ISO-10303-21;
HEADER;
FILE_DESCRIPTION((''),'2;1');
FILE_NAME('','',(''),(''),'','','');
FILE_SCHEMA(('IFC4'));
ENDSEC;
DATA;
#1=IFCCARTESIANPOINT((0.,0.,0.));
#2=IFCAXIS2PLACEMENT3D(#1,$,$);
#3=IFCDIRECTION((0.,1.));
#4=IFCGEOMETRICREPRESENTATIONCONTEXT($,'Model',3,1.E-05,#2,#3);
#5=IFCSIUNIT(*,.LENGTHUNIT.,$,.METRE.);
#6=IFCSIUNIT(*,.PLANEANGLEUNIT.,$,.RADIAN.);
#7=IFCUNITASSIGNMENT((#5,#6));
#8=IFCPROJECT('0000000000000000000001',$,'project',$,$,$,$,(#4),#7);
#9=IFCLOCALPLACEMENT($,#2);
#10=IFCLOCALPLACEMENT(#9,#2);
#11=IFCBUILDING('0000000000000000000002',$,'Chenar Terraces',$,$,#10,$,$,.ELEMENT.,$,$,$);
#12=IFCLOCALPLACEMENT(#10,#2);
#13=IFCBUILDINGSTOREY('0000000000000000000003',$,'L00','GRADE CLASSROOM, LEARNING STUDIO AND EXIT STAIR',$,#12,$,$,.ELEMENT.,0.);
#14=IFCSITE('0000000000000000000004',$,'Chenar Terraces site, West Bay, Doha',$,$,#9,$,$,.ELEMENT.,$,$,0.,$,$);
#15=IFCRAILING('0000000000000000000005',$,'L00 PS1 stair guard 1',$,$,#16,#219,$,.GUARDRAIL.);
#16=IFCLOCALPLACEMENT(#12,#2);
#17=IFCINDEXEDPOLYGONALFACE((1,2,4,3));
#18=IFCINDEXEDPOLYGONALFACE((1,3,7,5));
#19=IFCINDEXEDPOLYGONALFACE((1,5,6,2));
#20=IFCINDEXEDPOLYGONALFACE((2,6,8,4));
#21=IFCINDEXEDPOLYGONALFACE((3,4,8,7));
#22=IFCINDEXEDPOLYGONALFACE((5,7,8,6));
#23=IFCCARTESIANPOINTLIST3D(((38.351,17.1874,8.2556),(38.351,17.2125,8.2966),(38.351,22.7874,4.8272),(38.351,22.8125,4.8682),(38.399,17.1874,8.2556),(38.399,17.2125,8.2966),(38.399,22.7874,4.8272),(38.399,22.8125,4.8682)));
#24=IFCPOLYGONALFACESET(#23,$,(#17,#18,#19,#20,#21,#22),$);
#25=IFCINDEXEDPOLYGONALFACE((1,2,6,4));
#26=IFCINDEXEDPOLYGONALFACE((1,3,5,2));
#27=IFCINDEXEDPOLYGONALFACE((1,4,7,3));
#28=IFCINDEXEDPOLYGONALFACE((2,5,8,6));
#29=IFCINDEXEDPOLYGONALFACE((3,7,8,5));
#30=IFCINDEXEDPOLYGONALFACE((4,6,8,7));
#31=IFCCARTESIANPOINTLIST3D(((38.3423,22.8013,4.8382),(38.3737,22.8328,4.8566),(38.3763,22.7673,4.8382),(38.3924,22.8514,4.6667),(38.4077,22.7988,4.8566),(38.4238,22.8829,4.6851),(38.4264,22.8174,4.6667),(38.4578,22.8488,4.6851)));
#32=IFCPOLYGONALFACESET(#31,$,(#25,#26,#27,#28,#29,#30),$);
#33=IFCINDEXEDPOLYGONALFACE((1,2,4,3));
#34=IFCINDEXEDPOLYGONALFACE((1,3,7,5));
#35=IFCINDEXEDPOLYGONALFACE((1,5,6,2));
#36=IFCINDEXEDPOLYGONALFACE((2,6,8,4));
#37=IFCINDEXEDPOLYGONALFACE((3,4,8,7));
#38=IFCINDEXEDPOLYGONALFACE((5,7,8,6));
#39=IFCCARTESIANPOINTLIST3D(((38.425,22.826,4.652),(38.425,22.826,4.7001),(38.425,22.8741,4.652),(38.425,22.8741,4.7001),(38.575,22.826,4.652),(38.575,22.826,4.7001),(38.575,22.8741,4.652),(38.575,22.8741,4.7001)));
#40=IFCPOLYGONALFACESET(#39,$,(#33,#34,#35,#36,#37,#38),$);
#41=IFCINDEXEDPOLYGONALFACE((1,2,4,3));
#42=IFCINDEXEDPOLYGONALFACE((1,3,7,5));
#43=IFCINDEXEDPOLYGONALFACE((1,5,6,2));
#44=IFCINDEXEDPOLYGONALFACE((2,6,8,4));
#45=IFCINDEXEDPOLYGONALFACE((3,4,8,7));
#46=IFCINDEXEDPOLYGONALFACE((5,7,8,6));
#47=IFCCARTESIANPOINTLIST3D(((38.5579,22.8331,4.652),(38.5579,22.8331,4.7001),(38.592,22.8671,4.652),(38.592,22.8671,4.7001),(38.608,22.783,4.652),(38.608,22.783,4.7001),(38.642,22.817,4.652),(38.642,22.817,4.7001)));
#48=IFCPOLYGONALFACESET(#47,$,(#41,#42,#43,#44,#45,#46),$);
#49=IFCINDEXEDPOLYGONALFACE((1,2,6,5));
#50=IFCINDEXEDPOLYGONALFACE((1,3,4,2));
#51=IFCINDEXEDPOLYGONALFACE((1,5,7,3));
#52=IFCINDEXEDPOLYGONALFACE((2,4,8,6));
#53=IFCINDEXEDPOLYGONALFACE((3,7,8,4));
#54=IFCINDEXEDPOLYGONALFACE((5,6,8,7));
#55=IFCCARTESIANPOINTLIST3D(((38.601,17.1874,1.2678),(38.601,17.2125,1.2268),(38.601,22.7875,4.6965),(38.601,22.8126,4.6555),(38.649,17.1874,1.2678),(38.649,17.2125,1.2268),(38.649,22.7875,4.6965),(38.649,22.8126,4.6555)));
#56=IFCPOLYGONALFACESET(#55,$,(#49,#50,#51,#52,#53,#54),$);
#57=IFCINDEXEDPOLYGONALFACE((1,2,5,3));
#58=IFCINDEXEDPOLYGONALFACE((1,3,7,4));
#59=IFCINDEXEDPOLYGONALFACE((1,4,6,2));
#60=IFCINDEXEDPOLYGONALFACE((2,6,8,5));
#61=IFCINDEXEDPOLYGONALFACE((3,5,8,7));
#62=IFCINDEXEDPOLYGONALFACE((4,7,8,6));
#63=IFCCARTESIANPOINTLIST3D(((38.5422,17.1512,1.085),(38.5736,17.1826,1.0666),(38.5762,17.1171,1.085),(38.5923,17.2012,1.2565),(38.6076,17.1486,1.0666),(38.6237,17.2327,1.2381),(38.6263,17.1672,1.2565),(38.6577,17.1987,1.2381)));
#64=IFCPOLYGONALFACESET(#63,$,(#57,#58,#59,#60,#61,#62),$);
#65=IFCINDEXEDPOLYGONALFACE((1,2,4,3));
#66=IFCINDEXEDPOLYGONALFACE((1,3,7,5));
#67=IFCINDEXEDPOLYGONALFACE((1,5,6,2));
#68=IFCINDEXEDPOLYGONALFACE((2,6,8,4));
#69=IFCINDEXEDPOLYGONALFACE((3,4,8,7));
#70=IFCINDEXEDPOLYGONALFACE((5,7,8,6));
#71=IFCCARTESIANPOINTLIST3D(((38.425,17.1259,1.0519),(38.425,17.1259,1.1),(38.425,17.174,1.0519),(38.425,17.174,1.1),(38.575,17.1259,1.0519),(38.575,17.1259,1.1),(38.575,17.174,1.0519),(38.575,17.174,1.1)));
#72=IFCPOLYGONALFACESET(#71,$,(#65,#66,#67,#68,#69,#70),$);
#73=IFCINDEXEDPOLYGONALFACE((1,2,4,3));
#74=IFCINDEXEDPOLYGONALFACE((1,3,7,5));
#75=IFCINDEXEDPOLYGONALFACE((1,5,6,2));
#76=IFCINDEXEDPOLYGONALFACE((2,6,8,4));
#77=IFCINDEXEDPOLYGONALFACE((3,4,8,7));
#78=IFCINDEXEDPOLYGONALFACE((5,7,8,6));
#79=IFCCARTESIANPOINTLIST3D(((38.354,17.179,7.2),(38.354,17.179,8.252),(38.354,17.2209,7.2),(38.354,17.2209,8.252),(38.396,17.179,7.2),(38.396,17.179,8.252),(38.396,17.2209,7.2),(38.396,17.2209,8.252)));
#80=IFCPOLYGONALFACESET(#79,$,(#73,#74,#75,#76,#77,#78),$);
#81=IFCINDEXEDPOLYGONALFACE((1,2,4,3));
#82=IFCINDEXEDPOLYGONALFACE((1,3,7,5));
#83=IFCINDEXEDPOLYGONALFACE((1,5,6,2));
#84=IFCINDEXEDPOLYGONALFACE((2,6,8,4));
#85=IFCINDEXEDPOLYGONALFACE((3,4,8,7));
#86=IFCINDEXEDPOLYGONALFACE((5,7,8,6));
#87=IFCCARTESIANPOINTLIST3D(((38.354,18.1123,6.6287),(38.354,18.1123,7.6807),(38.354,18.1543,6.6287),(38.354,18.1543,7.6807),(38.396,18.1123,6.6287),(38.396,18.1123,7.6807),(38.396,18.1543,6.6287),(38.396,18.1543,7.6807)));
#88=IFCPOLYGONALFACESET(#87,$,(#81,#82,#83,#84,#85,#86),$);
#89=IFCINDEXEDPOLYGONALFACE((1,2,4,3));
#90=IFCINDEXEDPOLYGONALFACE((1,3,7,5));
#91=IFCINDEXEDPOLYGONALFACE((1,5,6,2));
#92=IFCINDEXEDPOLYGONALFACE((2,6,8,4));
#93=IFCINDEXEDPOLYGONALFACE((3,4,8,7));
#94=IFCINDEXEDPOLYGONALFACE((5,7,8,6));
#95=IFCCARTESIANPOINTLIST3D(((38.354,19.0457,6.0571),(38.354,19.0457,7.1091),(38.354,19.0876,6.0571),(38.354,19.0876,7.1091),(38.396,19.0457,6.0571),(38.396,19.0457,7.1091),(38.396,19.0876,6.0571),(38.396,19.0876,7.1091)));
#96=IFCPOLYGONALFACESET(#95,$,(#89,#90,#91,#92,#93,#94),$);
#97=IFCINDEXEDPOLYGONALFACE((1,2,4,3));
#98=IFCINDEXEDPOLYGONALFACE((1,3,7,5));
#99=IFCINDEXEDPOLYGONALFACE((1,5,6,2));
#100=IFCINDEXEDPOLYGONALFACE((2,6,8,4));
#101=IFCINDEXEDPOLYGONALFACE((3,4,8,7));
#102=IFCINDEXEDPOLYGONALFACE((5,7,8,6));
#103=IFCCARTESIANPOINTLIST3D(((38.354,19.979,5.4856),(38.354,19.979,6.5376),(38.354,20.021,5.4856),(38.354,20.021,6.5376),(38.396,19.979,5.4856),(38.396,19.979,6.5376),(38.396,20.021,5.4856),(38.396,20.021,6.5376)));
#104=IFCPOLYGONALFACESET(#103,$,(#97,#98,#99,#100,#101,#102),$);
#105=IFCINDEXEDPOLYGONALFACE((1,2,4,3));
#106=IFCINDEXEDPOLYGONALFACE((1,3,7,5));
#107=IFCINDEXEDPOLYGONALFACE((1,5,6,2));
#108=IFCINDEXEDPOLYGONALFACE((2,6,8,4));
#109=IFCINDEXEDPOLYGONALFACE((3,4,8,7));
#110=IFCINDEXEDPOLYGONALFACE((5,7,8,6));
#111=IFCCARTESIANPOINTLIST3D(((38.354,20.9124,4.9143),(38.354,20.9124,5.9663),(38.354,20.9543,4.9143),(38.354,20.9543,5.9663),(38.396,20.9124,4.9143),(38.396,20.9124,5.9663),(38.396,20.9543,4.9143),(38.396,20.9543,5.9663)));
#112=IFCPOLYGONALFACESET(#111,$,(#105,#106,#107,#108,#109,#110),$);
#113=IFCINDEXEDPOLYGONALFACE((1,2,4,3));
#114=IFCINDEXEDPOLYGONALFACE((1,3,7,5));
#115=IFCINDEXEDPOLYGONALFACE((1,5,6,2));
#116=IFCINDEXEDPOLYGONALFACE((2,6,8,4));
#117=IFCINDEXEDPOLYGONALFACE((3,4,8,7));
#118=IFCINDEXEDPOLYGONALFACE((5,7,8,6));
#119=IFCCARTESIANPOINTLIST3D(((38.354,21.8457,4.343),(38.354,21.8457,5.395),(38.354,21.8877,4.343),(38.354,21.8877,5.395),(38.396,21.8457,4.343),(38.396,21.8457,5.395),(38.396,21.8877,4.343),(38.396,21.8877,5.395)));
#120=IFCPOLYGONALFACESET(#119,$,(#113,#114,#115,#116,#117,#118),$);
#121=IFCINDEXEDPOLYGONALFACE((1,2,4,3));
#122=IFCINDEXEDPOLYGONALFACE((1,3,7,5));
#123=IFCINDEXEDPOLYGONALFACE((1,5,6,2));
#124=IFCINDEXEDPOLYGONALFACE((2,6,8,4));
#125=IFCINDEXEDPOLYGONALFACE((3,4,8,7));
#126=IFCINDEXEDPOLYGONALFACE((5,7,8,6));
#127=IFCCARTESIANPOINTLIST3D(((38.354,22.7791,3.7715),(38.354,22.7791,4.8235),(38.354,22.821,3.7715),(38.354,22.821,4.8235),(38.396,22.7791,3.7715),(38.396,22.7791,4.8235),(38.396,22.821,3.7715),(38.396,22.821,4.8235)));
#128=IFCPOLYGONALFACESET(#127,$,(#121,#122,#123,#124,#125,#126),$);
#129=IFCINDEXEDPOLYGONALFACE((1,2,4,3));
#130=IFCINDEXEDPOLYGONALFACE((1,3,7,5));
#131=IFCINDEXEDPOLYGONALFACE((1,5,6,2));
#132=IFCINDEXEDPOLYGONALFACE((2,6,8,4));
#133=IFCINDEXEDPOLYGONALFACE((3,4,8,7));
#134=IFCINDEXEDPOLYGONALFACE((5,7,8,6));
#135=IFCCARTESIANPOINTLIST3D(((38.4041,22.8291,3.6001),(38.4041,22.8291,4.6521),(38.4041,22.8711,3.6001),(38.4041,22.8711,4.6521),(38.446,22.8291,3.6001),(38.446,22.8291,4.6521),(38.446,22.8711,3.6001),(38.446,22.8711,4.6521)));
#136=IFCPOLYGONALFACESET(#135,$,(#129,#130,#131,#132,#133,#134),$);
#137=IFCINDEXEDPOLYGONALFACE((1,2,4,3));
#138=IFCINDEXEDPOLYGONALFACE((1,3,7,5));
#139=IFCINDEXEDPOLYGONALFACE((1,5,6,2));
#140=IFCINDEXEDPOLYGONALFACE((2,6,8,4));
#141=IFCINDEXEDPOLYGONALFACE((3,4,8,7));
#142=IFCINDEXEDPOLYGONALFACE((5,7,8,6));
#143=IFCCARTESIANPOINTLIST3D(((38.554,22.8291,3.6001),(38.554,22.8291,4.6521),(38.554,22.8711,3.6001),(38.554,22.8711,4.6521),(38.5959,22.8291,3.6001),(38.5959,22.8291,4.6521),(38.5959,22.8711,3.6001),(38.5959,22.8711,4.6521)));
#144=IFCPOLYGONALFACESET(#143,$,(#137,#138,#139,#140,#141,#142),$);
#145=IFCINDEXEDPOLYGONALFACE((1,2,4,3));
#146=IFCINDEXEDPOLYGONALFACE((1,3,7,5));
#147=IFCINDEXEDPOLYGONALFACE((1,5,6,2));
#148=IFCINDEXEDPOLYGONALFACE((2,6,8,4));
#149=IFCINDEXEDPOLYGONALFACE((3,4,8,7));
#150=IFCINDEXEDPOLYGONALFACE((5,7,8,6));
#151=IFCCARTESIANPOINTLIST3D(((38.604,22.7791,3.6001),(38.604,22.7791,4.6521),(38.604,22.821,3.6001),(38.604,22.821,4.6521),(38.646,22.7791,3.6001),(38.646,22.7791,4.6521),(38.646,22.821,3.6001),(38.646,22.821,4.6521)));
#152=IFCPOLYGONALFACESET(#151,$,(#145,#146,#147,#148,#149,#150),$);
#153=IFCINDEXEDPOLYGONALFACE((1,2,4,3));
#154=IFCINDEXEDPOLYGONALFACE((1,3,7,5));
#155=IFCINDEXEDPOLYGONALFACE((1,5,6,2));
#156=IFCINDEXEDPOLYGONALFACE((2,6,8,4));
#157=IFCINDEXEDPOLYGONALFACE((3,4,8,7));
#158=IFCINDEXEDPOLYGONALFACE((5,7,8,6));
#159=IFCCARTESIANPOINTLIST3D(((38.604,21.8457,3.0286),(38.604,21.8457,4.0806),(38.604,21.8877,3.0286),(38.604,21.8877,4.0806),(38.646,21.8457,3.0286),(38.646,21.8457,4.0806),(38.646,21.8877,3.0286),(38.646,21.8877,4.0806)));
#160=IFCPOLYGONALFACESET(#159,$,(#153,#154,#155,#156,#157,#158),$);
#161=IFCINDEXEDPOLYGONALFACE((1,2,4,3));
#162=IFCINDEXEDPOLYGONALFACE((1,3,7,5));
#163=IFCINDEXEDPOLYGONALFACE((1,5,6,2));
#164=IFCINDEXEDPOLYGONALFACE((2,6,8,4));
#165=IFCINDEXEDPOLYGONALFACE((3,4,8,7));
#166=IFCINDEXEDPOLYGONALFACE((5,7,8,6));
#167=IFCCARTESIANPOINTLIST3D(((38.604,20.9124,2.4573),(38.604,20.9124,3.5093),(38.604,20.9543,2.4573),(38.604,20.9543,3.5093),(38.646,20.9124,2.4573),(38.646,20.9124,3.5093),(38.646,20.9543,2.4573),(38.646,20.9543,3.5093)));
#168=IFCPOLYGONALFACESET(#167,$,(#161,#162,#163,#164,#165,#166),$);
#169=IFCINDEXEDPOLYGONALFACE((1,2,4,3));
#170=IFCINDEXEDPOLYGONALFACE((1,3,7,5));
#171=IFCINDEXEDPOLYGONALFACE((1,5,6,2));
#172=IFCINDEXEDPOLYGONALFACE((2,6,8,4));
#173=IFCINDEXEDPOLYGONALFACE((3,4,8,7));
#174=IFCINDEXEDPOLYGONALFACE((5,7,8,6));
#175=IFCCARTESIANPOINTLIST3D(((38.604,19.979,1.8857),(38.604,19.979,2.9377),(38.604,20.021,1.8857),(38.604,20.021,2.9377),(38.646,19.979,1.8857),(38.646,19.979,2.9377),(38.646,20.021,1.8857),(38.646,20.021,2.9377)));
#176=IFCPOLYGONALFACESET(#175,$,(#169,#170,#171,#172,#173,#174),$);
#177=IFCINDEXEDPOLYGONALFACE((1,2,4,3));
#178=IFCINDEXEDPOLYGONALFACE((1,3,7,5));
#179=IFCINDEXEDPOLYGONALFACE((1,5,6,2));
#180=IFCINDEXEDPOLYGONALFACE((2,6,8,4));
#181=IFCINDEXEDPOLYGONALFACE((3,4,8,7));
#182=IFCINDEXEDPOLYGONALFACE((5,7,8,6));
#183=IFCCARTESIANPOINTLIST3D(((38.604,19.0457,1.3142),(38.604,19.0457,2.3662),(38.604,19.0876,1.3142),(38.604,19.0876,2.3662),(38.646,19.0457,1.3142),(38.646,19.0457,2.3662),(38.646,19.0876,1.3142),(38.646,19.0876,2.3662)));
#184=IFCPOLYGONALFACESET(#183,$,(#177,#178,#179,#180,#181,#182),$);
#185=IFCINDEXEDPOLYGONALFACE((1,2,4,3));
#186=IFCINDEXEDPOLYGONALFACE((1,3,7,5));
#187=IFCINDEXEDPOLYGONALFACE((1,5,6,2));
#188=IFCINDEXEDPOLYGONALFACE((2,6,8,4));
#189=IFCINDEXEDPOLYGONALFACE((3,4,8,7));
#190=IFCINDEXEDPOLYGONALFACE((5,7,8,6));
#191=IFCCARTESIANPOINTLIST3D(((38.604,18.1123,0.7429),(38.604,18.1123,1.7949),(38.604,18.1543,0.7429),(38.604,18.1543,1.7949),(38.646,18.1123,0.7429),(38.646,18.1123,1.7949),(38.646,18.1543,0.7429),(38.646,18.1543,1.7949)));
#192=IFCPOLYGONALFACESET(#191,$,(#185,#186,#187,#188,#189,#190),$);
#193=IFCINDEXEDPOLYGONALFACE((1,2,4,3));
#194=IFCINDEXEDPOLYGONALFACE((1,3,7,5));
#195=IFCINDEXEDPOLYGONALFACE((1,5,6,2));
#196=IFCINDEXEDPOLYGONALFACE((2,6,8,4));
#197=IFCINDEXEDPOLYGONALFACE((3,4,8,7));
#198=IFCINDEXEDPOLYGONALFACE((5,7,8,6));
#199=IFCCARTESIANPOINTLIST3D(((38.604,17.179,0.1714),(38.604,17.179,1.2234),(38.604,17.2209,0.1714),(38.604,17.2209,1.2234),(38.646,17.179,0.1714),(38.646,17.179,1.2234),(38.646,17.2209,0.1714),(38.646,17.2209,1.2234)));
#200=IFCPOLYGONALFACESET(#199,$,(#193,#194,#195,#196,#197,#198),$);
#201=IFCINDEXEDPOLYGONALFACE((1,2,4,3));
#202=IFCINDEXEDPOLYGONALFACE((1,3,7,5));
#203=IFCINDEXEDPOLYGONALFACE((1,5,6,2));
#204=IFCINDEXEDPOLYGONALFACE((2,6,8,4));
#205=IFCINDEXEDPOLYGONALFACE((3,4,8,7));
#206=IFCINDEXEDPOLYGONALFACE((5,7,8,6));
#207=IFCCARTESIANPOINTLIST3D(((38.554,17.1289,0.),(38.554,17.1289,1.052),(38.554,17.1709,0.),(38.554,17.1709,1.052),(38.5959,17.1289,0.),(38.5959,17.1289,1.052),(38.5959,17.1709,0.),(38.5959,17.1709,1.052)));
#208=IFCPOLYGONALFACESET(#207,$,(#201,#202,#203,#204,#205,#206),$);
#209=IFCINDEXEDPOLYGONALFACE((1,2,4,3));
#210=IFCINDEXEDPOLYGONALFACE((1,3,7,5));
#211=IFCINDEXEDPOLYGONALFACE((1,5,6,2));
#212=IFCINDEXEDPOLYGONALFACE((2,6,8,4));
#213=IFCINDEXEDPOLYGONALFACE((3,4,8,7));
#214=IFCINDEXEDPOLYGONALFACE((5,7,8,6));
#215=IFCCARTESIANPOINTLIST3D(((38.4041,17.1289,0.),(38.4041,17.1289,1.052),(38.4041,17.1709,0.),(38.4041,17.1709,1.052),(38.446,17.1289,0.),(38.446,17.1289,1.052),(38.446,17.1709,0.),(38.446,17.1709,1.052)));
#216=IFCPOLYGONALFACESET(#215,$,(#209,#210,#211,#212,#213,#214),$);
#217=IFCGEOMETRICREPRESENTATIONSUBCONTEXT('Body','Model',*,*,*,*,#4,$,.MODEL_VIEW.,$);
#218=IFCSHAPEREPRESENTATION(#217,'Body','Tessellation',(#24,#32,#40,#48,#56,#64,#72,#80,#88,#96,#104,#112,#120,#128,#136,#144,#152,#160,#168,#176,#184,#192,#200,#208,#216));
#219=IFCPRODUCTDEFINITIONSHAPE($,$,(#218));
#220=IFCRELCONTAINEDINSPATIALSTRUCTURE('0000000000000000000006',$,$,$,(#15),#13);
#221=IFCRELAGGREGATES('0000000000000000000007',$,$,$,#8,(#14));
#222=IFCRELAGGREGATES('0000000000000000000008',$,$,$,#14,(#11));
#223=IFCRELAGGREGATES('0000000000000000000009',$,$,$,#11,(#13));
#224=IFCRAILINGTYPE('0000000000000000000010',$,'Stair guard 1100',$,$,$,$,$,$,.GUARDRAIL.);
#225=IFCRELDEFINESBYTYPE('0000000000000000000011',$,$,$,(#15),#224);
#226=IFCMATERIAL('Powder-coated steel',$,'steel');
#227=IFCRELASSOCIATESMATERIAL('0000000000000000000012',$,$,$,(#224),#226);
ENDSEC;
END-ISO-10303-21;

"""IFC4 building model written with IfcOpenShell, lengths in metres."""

from ifc_helpers import new_model, si_unit, direction, frame, origin, origin_2d, place, context, subcontext, project, spatial, rectangle, extrude, material, type_object, element, save


model = new_model("IFC4")

# Units and contexts
model_context = context("Model", 3, precision=1e-05, world=origin(), true_north=direction((0.0, 1.0)))
body_context = subcontext(model_context, "Body", "Model", "MODEL_VIEW")
ifc_project = project(units=[si_unit("LENGTHUNIT", "METRE"), si_unit("PLANEANGLEUNIT", "RADIAN")], contexts=[model_context])

# Site, building, storey
site_placement = place(None, origin())
site = spatial("IfcSite", under=ifc_project, at=site_placement, Name="Chenar Terraces site, West Bay, Doha", CompositionType="ELEMENT", RefElevation=0.0)
building_placement = place(site_placement, origin())
building = spatial("IfcBuilding", under=site, at=building_placement, Name="Chenar Terraces", CompositionType="ELEMENT")
storey_placement = place(building_placement, origin())
storey = spatial("IfcBuildingStorey", under=building, at=storey_placement, Name="L00", Description="GRADE CLASSROOM, LEARNING STUDIO AND EXIT STAIR", CompositionType="ELEMENT", Elevation=0.0)

# Railing
ifc_material_1 = material(Name="Powder-coated steel", Category="steel")
railing_type_1 = type_object("IfcRailingType", Name="Stair guard 1100", PredefinedType="GUARDRAIL", material=ifc_material_1)
railing_1_placement = place(storey_placement, frame((38.375, 17.2, 7.2)))
element("IfcRailing", 1, at=railing_1_placement, inside=storey, type_object=railing_type_1, Name="L00 PS1 stair guard 1", PredefinedType="GUARDRAIL", context=body_context, shape_type="SweptSolid", body=[
    extrude(rectangle(XDim=0.0481, YDim=0.0481, at=origin_2d()), frame((0.0, 0.0, 1.0762), z_axis=(0.0, 0.852862, -0.522136), x_axis=(-1.0, 0.0, 0.0)), (0.0, 0.0, 1.0), 6.5662),
    extrude(rectangle(XDim=0.0481, YDim=0.0481, at=origin_2d()), frame((0.0, 5.6001, -2.3525), z_axis=(0.269911, 0.269911, -0.924281), x_axis=(-0.707107, 0.707107, 0.0)), (0.0, 0.0, 1.0), 0.1855),
    extrude(rectangle(XDim=0.0481, YDim=0.0481, at=origin_2d()), frame((0.05, 5.6501, -2.5239), z_axis=(1.0, 0.0, 0.0), x_axis=(0.0, 1.0, 0.0)), (0.0, 0.0, 1.0), 0.1499),
    extrude(rectangle(XDim=0.0481, YDim=0.0481, at=origin_2d()), frame((0.2, 5.6501, -2.5239), z_axis=(0.707107, -0.707107, 0.0), x_axis=(0.707107, 0.707107, 0.0)), (0.0, 0.0, 1.0), 0.0708),
    extrude(rectangle(XDim=0.0481, YDim=0.0481, at=origin_2d()), frame((0.25, 5.6001, -2.5239), z_axis=(0.0, -0.852846, -0.522163), x_axis=(1.0, 0.0, 0.0)), (0.0, 0.0, 1.0), 6.5664),
    extrude(rectangle(XDim=0.0481, YDim=0.0481, at=origin_2d()), frame((0.25, 0.0, -5.9526), z_axis=(-0.269911, -0.269911, -0.924281), x_axis=(0.707107, -0.707107, 0.0)), (0.0, 0.0, 1.0), 0.1855),
    extrude(rectangle(XDim=0.0481, YDim=0.0481, at=origin_2d()), frame((0.2, -0.05, -6.124), z_axis=(-1.0, 0.0, 0.0), x_axis=(0.0, -1.0, 0.0)), (0.0, 0.0, 1.0), 0.1499),
    extrude(rectangle(XDim=0.042, YDim=0.042, at=origin_2d()), origin(), (0.0, 0.0, 1.0), 1.052),
    extrude(rectangle(XDim=0.042, YDim=0.042, at=origin_2d()), frame((0.0, 0.9333, -0.5713)), (0.0, 0.0, 1.0), 1.052),
    extrude(rectangle(XDim=0.042, YDim=0.042, at=origin_2d()), frame((0.0, 1.8667, -1.1428)), (0.0, 0.0, 1.0), 1.052),
    extrude(rectangle(XDim=0.042, YDim=0.042, at=origin_2d()), frame((0.0, 2.8, -1.7144)), (0.0, 0.0, 1.0), 1.052),
    extrude(rectangle(XDim=0.042, YDim=0.042, at=origin_2d()), frame((0.0, 3.7334, -2.2856)), (0.0, 0.0, 1.0), 1.052),
    extrude(rectangle(XDim=0.042, YDim=0.042, at=origin_2d()), frame((0.0, 4.6667, -2.8569)), (0.0, 0.0, 1.0), 1.052),
    extrude(rectangle(XDim=0.042, YDim=0.042, at=origin_2d()), frame((0.0, 5.6001, -3.4285)), (0.0, 0.0, 1.0), 1.052),
    extrude(rectangle(XDim=0.042, YDim=0.042, at=origin_2d()), frame((0.05, 5.6501, -3.5999)), (0.0, 0.0, 1.0), 1.052),
    extrude(rectangle(XDim=0.042, YDim=0.042, at=origin_2d()), frame((0.2, 5.6501, -3.5999)), (0.0, 0.0, 1.0), 1.052),
    extrude(rectangle(XDim=0.042, YDim=0.042, at=origin_2d()), frame((0.25, 5.6001, -3.5999)), (0.0, 0.0, 1.0), 1.052),
    extrude(rectangle(XDim=0.042, YDim=0.042, at=origin_2d()), frame((0.25, 4.6667, -4.1714)), (0.0, 0.0, 1.0), 1.052),
    extrude(rectangle(XDim=0.042, YDim=0.042, at=origin_2d()), frame((0.25, 3.7334, -4.7427)), (0.0, 0.0, 1.0), 1.052),
    extrude(rectangle(XDim=0.042, YDim=0.042, at=origin_2d()), frame((0.25, 2.8, -5.3142)), (0.0, 0.0, 1.0), 1.052),
    extrude(rectangle(XDim=0.042, YDim=0.042, at=origin_2d()), frame((0.25, 1.8667, -5.8857)), (0.0, 0.0, 1.0), 1.052),
    extrude(rectangle(XDim=0.042, YDim=0.042, at=origin_2d()), frame((0.25, 0.9333, -6.457)), (0.0, 0.0, 1.0), 1.052),
    extrude(rectangle(XDim=0.042, YDim=0.042, at=origin_2d()), frame((0.25, 0.0, -7.0286)), (0.0, 0.0, 1.0), 1.052),
    extrude(rectangle(XDim=0.042, YDim=0.042, at=origin_2d()), frame((0.2, -0.05, -7.2)), (0.0, 0.0, 1.0), 1.052),
    extrude(rectangle(XDim=0.042, YDim=0.042, at=origin_2d()), frame((0.05, -0.05, -7.2)), (0.0, 0.0, 1.0), 1.052),
])

save(model, "model.ifc")
